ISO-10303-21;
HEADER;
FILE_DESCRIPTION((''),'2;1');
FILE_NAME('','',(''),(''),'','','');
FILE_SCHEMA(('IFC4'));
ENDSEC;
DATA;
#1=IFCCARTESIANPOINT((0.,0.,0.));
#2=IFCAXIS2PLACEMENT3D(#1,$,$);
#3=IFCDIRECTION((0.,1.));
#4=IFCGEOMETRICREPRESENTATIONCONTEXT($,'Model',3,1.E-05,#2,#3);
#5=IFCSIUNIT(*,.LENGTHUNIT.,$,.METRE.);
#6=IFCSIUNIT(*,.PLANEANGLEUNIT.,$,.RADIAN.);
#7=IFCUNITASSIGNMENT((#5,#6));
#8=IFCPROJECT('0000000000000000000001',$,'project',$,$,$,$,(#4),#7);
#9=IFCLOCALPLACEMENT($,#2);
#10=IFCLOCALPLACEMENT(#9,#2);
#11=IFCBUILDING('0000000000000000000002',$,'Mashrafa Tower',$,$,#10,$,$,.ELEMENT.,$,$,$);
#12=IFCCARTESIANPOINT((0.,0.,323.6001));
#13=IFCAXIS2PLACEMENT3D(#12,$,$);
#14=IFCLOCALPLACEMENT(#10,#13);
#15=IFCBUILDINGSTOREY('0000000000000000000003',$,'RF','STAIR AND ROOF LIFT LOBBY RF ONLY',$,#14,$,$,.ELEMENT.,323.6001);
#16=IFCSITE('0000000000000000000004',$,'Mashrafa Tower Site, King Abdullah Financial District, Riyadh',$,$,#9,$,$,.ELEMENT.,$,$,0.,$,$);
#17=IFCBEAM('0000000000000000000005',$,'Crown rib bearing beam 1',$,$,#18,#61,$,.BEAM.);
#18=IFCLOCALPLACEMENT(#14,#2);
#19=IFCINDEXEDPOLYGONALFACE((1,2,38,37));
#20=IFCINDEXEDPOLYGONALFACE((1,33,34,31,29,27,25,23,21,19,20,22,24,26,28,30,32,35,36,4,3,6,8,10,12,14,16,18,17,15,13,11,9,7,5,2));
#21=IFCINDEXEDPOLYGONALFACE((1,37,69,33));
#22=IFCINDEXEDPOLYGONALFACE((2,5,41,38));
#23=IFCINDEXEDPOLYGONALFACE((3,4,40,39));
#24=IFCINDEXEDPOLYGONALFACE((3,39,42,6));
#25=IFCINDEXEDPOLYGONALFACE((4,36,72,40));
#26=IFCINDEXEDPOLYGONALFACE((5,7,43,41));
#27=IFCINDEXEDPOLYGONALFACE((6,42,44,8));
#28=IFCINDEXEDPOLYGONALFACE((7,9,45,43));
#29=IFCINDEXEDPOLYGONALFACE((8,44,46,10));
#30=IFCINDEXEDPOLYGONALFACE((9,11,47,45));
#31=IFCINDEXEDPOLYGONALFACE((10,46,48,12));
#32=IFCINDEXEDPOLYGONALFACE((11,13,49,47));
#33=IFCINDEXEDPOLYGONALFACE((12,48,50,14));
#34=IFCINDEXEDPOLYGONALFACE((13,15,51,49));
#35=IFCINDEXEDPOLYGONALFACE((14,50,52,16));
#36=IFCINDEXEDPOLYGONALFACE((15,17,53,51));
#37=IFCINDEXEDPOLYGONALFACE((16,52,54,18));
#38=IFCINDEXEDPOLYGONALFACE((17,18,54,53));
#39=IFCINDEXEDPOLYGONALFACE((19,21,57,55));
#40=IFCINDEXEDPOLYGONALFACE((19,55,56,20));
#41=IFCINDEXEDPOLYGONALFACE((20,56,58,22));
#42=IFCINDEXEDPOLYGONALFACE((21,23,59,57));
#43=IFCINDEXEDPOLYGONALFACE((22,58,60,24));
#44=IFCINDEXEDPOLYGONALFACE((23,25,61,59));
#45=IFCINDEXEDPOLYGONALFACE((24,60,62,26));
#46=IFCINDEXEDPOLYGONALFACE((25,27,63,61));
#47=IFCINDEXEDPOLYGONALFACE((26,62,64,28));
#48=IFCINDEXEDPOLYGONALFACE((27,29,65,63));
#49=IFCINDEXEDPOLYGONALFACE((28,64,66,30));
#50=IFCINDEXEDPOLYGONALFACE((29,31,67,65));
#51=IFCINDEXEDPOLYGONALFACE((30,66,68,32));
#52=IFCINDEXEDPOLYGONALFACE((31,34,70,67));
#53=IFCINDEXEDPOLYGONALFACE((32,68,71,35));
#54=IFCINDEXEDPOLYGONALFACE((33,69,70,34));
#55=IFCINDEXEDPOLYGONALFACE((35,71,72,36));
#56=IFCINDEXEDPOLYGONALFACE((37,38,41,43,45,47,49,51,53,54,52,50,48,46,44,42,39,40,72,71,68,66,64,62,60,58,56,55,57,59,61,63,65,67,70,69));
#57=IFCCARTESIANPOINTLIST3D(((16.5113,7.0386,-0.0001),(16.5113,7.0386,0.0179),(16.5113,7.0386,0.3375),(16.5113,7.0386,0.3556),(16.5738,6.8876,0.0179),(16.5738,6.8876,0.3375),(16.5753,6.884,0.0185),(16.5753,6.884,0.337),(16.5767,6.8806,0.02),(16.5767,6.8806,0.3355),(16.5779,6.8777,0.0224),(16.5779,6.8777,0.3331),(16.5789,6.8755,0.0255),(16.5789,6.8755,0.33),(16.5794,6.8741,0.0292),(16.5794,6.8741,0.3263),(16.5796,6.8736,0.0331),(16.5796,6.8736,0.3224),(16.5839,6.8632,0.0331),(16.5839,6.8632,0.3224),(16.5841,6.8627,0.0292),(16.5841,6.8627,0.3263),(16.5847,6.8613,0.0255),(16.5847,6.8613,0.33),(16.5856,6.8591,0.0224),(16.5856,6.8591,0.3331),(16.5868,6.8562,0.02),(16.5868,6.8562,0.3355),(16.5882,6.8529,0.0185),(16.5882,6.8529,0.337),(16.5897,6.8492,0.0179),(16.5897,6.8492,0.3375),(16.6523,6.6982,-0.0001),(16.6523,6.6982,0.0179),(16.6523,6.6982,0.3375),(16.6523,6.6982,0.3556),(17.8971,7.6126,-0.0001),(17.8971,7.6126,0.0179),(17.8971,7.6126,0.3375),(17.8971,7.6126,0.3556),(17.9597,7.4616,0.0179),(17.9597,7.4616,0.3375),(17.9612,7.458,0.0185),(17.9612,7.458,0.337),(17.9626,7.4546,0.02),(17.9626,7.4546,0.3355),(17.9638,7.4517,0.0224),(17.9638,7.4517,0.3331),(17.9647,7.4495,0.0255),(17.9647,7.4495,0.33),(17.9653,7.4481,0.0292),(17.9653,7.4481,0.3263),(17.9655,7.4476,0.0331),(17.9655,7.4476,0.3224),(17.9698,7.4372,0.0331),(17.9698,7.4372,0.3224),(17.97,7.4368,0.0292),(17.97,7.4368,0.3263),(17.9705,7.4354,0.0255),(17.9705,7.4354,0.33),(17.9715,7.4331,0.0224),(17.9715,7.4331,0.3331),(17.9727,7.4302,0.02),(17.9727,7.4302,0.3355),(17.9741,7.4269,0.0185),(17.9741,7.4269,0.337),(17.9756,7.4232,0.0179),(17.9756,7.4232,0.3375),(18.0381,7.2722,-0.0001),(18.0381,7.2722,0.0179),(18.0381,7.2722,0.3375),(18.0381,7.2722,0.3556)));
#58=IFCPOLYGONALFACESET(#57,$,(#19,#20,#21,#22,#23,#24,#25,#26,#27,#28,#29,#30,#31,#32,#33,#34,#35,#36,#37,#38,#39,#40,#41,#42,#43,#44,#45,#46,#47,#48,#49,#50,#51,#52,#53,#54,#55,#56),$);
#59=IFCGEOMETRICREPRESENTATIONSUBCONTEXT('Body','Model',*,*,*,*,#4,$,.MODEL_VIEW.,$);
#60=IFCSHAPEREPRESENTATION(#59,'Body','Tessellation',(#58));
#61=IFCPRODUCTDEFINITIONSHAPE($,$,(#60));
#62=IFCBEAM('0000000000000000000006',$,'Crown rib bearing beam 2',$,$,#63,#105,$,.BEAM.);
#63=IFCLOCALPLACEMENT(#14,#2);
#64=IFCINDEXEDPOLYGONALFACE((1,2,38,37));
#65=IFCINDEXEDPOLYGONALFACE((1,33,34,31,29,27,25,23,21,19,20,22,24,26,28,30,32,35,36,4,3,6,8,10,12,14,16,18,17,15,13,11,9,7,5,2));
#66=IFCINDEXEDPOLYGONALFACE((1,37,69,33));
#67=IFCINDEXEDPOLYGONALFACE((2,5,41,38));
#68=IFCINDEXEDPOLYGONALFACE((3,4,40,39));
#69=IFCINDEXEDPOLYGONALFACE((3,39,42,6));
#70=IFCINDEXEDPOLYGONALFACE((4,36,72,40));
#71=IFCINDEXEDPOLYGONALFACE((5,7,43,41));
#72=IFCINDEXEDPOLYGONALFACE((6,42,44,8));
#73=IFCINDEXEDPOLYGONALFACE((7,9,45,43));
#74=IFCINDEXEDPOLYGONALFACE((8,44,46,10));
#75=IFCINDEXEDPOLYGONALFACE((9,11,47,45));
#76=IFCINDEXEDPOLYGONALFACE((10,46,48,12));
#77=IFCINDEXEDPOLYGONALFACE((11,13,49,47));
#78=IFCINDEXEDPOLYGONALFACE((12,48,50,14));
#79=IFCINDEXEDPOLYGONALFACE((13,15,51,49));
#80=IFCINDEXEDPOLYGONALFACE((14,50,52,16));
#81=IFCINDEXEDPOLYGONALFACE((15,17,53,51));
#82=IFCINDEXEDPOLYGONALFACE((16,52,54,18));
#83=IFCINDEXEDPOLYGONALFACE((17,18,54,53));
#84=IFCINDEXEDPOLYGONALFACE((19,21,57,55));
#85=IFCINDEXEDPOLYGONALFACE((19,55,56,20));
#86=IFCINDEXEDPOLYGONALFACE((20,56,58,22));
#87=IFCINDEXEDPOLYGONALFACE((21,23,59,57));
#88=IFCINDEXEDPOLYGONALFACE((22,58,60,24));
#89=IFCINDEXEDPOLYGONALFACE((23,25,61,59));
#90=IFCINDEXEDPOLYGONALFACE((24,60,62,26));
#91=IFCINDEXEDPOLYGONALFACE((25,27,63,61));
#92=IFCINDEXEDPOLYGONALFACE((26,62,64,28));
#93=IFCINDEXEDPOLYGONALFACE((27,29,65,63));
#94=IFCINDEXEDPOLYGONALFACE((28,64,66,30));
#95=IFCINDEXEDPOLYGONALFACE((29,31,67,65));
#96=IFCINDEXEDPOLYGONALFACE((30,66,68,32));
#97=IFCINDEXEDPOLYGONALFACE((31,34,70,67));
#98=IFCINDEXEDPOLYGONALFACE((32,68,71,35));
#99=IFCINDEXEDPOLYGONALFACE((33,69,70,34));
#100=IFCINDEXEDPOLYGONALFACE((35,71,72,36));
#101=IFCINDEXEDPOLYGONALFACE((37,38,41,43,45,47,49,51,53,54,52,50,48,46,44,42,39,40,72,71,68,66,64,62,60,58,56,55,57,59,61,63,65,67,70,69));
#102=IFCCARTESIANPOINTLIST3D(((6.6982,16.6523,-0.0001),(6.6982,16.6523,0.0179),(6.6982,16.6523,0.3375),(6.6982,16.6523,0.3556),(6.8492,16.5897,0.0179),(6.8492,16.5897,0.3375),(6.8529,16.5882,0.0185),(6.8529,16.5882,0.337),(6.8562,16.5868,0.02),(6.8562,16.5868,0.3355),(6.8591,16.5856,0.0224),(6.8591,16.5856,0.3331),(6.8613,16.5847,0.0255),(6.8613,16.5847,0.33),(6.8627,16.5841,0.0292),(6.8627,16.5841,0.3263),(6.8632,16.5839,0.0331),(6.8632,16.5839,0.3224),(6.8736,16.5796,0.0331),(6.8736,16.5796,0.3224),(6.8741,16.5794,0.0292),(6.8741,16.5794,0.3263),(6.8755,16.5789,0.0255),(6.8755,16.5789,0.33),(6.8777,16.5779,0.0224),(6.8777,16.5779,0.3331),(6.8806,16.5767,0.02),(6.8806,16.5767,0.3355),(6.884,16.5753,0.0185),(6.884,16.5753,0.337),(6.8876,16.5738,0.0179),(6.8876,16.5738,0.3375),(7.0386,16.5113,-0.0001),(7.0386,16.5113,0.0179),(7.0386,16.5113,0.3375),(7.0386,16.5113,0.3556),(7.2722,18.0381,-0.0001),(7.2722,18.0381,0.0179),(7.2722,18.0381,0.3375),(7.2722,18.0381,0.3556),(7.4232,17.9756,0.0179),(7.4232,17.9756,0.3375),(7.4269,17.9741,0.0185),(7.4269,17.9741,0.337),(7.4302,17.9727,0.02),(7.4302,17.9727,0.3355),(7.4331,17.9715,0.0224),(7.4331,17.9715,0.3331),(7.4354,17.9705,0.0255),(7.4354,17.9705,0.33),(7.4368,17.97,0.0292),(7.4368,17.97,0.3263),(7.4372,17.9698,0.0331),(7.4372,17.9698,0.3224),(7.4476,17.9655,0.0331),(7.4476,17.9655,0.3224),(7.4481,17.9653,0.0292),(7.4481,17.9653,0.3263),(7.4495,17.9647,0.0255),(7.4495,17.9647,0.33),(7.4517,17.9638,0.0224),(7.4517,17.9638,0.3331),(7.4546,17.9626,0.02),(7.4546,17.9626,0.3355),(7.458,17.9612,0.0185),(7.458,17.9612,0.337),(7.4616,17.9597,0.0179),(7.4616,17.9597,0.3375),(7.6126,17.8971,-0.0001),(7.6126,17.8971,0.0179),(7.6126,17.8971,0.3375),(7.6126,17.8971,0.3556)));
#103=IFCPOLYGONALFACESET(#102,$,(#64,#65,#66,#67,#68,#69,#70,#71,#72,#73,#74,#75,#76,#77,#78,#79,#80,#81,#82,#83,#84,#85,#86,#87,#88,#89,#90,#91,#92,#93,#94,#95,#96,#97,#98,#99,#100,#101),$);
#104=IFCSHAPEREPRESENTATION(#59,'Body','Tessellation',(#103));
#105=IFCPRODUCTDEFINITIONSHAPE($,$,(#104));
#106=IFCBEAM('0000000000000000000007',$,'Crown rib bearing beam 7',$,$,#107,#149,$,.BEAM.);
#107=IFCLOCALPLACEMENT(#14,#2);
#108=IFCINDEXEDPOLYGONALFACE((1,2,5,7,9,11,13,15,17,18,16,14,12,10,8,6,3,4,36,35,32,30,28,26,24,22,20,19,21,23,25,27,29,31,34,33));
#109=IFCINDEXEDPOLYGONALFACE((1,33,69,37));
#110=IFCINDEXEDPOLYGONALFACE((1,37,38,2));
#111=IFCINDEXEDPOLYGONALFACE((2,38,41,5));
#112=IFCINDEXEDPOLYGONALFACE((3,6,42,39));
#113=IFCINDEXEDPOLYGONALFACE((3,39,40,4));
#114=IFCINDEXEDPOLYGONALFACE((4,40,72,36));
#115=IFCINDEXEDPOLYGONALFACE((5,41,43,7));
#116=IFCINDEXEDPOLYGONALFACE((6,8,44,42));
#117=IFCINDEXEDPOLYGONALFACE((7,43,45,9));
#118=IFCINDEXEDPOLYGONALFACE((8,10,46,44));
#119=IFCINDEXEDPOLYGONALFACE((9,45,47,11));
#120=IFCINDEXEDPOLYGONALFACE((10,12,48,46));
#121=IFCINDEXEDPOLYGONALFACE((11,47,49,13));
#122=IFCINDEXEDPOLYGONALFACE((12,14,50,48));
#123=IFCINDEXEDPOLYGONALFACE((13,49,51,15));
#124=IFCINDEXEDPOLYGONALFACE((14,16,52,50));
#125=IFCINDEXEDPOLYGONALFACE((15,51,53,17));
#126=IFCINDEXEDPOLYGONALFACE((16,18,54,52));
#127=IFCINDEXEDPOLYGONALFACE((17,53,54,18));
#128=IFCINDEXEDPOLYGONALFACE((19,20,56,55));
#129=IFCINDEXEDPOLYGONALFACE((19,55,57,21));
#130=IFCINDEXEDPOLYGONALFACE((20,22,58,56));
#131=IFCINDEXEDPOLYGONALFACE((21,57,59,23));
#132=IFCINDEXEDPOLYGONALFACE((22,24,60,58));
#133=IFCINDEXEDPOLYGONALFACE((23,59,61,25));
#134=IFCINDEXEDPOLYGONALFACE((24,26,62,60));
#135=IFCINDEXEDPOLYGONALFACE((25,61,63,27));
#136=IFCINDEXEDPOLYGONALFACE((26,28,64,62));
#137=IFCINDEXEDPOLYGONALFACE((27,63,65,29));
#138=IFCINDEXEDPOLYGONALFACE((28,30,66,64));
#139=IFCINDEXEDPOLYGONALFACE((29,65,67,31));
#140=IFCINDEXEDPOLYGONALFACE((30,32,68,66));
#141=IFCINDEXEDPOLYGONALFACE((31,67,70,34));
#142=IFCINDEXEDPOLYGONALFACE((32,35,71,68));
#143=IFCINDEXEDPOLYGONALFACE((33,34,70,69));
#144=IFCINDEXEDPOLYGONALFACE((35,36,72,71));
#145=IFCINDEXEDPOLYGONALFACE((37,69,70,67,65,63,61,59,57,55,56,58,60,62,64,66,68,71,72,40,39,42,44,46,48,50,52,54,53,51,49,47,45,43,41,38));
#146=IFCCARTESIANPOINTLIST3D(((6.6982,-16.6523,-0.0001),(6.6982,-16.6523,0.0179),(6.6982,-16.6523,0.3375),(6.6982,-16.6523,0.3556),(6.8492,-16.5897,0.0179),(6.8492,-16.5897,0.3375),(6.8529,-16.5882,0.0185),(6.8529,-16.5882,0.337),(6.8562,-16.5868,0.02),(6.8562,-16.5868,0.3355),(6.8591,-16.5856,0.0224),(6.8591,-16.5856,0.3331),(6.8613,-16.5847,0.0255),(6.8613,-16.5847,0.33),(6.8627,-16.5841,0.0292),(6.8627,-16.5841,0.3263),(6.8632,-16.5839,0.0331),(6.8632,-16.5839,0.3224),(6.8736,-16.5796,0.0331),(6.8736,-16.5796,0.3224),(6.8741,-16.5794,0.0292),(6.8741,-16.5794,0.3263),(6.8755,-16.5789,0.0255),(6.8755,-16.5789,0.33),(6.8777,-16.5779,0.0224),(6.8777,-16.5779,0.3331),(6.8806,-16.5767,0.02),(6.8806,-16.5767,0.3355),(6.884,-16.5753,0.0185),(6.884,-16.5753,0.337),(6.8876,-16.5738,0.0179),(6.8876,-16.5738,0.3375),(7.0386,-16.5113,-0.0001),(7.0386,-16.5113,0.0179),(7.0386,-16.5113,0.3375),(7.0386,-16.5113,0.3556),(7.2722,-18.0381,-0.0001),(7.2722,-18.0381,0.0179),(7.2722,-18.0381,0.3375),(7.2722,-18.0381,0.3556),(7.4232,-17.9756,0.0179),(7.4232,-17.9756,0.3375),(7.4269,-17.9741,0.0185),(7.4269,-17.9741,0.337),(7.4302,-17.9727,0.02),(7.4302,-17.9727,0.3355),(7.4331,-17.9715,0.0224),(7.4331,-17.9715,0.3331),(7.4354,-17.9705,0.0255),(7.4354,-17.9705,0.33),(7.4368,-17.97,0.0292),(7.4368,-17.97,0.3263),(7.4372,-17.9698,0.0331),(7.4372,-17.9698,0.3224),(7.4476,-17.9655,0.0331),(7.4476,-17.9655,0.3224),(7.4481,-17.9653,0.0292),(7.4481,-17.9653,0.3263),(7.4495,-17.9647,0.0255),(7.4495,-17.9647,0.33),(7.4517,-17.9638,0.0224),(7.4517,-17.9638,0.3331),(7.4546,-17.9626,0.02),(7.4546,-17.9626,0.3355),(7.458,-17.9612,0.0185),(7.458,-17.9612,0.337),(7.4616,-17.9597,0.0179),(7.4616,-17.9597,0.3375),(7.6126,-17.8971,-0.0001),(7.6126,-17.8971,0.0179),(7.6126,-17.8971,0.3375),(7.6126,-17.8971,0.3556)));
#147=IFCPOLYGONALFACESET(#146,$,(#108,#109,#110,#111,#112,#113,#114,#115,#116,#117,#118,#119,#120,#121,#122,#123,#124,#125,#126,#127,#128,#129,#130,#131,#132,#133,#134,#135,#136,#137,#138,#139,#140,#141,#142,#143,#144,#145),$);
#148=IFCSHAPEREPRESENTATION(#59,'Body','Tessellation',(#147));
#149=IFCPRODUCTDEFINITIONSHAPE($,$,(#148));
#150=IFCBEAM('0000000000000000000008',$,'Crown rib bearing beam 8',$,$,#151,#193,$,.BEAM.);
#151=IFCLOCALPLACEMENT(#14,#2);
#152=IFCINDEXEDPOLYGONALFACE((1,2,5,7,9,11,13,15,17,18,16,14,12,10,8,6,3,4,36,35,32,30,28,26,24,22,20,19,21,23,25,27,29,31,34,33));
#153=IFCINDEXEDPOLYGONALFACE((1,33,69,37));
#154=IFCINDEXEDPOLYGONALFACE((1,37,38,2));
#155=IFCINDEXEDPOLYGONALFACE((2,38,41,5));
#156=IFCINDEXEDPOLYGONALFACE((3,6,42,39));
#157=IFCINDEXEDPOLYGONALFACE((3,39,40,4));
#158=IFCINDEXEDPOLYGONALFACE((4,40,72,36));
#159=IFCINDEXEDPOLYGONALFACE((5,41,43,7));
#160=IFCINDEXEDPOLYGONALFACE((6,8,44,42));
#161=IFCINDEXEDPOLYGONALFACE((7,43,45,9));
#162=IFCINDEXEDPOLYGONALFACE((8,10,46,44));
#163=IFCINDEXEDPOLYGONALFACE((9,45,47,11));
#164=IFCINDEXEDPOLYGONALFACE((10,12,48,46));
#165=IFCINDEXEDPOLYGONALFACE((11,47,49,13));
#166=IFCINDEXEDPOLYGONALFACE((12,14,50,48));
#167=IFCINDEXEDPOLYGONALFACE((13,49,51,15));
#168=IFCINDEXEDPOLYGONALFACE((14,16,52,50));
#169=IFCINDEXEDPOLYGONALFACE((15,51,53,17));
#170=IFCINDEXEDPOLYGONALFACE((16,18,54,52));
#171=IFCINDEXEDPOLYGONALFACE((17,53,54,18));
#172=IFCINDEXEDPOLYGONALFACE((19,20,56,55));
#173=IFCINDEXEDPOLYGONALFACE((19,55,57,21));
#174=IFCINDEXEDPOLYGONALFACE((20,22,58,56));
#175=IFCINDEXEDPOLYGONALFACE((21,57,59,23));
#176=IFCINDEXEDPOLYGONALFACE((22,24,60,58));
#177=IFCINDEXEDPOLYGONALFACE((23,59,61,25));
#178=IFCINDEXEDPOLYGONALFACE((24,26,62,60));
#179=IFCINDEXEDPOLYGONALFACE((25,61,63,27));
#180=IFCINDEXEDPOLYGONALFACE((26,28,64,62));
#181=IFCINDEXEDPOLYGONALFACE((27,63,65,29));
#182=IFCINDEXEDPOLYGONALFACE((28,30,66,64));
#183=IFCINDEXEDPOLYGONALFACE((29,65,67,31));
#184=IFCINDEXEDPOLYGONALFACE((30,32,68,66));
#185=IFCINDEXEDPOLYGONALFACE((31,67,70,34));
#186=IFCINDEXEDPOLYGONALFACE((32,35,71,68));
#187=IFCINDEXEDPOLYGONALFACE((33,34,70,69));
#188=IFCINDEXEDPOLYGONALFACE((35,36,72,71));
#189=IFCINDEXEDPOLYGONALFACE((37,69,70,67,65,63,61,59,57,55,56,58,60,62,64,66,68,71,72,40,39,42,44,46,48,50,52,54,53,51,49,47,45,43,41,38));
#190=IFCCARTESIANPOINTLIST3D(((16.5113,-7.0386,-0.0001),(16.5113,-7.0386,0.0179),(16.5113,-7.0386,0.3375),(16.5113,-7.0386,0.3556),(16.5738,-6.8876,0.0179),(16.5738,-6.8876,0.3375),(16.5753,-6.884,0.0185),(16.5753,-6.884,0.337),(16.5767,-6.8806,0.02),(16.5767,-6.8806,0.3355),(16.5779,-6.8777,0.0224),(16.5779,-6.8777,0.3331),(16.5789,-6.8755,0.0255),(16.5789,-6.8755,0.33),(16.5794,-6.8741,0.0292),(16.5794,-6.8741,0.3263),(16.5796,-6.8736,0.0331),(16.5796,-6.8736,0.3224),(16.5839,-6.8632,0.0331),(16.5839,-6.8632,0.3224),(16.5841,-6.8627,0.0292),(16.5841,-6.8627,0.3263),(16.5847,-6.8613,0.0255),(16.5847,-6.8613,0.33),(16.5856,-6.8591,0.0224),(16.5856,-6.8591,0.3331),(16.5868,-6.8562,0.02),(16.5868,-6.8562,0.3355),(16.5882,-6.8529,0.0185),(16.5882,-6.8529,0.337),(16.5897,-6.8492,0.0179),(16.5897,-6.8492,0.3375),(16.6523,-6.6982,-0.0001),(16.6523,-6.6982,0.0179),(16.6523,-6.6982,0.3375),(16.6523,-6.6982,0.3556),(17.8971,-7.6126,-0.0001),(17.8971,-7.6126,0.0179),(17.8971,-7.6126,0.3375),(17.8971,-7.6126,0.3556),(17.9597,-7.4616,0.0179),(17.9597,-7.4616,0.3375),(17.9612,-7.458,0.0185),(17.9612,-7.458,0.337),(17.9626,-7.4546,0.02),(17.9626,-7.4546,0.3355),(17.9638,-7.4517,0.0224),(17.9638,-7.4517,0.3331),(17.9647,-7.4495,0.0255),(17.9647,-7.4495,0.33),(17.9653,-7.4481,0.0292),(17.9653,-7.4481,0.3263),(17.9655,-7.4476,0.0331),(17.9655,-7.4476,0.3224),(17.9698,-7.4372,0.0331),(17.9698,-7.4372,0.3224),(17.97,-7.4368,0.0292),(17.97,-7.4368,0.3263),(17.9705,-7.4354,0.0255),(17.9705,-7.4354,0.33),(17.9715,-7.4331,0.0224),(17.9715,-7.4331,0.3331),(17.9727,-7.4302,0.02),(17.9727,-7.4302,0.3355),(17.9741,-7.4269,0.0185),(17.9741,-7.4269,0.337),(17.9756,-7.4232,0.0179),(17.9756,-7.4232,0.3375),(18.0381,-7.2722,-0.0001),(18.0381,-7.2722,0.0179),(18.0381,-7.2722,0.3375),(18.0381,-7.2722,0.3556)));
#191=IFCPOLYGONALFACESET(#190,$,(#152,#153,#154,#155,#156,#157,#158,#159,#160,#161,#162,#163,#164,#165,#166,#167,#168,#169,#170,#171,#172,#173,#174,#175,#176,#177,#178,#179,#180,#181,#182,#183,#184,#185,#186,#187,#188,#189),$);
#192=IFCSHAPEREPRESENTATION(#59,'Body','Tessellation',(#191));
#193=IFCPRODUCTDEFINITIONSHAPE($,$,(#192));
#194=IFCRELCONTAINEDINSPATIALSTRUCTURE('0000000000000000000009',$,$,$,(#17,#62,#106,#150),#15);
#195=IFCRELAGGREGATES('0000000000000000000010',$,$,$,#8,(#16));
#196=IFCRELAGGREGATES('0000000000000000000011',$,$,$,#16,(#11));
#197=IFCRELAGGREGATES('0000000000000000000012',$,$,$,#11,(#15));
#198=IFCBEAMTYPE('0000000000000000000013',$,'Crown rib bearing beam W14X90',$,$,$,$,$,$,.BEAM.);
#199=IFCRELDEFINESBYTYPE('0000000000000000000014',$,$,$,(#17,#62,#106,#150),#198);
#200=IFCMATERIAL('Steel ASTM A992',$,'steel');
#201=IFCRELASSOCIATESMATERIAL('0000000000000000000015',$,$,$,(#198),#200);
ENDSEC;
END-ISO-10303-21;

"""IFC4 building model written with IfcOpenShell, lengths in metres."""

from ifc_helpers import new_model, si_unit, direction, frame, origin, origin_2d, place, context, subcontext, project, spatial, i_section, extrude, material, material_profile, profile_set, type_object, element, save


model = new_model("IFC4")

# Units and contexts
model_context = context("Model", 3, precision=1e-05, world=origin(), true_north=direction((0.0, 1.0)))
body_context = subcontext(model_context, "Body", "Model", "MODEL_VIEW")
ifc_project = project(units=[si_unit("LENGTHUNIT", "METRE"), si_unit("PLANEANGLEUNIT", "RADIAN")], contexts=[model_context])

# Site, building, storey
site_placement = place(None, origin())
site = spatial("IfcSite", under=ifc_project, at=site_placement, Name="Mashrafa Tower Site, King Abdullah Financial District, Riyadh", CompositionType="ELEMENT", RefElevation=0.0)
building_placement = place(site_placement, origin())
building = spatial("IfcBuilding", under=site, at=building_placement, Name="Mashrafa Tower", CompositionType="ELEMENT")
storey_placement = place(building_placement, frame((0.0, 0.0, 323.6001)))
storey = spatial("IfcBuildingStorey", under=building, at=storey_placement, Name="RF", Description="STAIR AND ROOF LIFT LOBBY RF ONLY", CompositionType="ELEMENT", Elevation=323.6001)

# Beams
ifc_material_1 = material(Name="Steel ASTM A992", Category="steel")
ifc_material_profile_1 = material_profile(ifc_material_1, i_section(OverallWidth=0.3684, OverallDepth=0.3557, WebThickness=0.0112, FlangeThickness=0.0181, FilletRadius=0.0151, at=origin_2d()), Name="W14X90")
ifc_profile_set_1 = profile_set([ifc_material_profile_1], Name="Steel ASTM A992")
beam_type = type_object("IfcBeamType", Name="Crown rib bearing beam W14X90", PredefinedType="BEAM", material=ifc_profile_set_1)
for number, where, z_axis, x_axis, name in (
    (1, (16.5818, 6.8684, 0.1777), (0.923884, 0.382673, 0.0), (-0.382673, 0.923884, 0.0), "Crown rib bearing beam 1"),
    (2, (6.8684, 16.5818, 0.1777), (0.382673, 0.923884, 0.0), (-0.923884, 0.382673, 0.0), "Crown rib bearing beam 2"),
    (3, (6.8684, -16.5818, 0.1777), (0.382673, -0.923884, 0.0), (0.923884, 0.382673, 0.0), "Crown rib bearing beam 7"),
    (4, (16.5818, -6.8684, 0.1777), (0.923884, -0.382673, 0.0), (0.382673, 0.923884, 0.0), "Crown rib bearing beam 8"),
):
    element("IfcBeam", number, at=place(storey_placement, frame(where, z_axis=z_axis, x_axis=x_axis)), inside=storey, type_object=beam_type, Name=name, PredefinedType="BEAM", context=body_context, shape_type="SweptSolid", body=[
        extrude(i_section(OverallWidth=0.3684, OverallDepth=0.3557, WebThickness=0.0112, FlangeThickness=0.0181, FilletRadius=0.0151, at=origin_2d()), origin(), (0.0, 0.0, 1.0), 1.5),
    ])

save(model, "model.ifc")
